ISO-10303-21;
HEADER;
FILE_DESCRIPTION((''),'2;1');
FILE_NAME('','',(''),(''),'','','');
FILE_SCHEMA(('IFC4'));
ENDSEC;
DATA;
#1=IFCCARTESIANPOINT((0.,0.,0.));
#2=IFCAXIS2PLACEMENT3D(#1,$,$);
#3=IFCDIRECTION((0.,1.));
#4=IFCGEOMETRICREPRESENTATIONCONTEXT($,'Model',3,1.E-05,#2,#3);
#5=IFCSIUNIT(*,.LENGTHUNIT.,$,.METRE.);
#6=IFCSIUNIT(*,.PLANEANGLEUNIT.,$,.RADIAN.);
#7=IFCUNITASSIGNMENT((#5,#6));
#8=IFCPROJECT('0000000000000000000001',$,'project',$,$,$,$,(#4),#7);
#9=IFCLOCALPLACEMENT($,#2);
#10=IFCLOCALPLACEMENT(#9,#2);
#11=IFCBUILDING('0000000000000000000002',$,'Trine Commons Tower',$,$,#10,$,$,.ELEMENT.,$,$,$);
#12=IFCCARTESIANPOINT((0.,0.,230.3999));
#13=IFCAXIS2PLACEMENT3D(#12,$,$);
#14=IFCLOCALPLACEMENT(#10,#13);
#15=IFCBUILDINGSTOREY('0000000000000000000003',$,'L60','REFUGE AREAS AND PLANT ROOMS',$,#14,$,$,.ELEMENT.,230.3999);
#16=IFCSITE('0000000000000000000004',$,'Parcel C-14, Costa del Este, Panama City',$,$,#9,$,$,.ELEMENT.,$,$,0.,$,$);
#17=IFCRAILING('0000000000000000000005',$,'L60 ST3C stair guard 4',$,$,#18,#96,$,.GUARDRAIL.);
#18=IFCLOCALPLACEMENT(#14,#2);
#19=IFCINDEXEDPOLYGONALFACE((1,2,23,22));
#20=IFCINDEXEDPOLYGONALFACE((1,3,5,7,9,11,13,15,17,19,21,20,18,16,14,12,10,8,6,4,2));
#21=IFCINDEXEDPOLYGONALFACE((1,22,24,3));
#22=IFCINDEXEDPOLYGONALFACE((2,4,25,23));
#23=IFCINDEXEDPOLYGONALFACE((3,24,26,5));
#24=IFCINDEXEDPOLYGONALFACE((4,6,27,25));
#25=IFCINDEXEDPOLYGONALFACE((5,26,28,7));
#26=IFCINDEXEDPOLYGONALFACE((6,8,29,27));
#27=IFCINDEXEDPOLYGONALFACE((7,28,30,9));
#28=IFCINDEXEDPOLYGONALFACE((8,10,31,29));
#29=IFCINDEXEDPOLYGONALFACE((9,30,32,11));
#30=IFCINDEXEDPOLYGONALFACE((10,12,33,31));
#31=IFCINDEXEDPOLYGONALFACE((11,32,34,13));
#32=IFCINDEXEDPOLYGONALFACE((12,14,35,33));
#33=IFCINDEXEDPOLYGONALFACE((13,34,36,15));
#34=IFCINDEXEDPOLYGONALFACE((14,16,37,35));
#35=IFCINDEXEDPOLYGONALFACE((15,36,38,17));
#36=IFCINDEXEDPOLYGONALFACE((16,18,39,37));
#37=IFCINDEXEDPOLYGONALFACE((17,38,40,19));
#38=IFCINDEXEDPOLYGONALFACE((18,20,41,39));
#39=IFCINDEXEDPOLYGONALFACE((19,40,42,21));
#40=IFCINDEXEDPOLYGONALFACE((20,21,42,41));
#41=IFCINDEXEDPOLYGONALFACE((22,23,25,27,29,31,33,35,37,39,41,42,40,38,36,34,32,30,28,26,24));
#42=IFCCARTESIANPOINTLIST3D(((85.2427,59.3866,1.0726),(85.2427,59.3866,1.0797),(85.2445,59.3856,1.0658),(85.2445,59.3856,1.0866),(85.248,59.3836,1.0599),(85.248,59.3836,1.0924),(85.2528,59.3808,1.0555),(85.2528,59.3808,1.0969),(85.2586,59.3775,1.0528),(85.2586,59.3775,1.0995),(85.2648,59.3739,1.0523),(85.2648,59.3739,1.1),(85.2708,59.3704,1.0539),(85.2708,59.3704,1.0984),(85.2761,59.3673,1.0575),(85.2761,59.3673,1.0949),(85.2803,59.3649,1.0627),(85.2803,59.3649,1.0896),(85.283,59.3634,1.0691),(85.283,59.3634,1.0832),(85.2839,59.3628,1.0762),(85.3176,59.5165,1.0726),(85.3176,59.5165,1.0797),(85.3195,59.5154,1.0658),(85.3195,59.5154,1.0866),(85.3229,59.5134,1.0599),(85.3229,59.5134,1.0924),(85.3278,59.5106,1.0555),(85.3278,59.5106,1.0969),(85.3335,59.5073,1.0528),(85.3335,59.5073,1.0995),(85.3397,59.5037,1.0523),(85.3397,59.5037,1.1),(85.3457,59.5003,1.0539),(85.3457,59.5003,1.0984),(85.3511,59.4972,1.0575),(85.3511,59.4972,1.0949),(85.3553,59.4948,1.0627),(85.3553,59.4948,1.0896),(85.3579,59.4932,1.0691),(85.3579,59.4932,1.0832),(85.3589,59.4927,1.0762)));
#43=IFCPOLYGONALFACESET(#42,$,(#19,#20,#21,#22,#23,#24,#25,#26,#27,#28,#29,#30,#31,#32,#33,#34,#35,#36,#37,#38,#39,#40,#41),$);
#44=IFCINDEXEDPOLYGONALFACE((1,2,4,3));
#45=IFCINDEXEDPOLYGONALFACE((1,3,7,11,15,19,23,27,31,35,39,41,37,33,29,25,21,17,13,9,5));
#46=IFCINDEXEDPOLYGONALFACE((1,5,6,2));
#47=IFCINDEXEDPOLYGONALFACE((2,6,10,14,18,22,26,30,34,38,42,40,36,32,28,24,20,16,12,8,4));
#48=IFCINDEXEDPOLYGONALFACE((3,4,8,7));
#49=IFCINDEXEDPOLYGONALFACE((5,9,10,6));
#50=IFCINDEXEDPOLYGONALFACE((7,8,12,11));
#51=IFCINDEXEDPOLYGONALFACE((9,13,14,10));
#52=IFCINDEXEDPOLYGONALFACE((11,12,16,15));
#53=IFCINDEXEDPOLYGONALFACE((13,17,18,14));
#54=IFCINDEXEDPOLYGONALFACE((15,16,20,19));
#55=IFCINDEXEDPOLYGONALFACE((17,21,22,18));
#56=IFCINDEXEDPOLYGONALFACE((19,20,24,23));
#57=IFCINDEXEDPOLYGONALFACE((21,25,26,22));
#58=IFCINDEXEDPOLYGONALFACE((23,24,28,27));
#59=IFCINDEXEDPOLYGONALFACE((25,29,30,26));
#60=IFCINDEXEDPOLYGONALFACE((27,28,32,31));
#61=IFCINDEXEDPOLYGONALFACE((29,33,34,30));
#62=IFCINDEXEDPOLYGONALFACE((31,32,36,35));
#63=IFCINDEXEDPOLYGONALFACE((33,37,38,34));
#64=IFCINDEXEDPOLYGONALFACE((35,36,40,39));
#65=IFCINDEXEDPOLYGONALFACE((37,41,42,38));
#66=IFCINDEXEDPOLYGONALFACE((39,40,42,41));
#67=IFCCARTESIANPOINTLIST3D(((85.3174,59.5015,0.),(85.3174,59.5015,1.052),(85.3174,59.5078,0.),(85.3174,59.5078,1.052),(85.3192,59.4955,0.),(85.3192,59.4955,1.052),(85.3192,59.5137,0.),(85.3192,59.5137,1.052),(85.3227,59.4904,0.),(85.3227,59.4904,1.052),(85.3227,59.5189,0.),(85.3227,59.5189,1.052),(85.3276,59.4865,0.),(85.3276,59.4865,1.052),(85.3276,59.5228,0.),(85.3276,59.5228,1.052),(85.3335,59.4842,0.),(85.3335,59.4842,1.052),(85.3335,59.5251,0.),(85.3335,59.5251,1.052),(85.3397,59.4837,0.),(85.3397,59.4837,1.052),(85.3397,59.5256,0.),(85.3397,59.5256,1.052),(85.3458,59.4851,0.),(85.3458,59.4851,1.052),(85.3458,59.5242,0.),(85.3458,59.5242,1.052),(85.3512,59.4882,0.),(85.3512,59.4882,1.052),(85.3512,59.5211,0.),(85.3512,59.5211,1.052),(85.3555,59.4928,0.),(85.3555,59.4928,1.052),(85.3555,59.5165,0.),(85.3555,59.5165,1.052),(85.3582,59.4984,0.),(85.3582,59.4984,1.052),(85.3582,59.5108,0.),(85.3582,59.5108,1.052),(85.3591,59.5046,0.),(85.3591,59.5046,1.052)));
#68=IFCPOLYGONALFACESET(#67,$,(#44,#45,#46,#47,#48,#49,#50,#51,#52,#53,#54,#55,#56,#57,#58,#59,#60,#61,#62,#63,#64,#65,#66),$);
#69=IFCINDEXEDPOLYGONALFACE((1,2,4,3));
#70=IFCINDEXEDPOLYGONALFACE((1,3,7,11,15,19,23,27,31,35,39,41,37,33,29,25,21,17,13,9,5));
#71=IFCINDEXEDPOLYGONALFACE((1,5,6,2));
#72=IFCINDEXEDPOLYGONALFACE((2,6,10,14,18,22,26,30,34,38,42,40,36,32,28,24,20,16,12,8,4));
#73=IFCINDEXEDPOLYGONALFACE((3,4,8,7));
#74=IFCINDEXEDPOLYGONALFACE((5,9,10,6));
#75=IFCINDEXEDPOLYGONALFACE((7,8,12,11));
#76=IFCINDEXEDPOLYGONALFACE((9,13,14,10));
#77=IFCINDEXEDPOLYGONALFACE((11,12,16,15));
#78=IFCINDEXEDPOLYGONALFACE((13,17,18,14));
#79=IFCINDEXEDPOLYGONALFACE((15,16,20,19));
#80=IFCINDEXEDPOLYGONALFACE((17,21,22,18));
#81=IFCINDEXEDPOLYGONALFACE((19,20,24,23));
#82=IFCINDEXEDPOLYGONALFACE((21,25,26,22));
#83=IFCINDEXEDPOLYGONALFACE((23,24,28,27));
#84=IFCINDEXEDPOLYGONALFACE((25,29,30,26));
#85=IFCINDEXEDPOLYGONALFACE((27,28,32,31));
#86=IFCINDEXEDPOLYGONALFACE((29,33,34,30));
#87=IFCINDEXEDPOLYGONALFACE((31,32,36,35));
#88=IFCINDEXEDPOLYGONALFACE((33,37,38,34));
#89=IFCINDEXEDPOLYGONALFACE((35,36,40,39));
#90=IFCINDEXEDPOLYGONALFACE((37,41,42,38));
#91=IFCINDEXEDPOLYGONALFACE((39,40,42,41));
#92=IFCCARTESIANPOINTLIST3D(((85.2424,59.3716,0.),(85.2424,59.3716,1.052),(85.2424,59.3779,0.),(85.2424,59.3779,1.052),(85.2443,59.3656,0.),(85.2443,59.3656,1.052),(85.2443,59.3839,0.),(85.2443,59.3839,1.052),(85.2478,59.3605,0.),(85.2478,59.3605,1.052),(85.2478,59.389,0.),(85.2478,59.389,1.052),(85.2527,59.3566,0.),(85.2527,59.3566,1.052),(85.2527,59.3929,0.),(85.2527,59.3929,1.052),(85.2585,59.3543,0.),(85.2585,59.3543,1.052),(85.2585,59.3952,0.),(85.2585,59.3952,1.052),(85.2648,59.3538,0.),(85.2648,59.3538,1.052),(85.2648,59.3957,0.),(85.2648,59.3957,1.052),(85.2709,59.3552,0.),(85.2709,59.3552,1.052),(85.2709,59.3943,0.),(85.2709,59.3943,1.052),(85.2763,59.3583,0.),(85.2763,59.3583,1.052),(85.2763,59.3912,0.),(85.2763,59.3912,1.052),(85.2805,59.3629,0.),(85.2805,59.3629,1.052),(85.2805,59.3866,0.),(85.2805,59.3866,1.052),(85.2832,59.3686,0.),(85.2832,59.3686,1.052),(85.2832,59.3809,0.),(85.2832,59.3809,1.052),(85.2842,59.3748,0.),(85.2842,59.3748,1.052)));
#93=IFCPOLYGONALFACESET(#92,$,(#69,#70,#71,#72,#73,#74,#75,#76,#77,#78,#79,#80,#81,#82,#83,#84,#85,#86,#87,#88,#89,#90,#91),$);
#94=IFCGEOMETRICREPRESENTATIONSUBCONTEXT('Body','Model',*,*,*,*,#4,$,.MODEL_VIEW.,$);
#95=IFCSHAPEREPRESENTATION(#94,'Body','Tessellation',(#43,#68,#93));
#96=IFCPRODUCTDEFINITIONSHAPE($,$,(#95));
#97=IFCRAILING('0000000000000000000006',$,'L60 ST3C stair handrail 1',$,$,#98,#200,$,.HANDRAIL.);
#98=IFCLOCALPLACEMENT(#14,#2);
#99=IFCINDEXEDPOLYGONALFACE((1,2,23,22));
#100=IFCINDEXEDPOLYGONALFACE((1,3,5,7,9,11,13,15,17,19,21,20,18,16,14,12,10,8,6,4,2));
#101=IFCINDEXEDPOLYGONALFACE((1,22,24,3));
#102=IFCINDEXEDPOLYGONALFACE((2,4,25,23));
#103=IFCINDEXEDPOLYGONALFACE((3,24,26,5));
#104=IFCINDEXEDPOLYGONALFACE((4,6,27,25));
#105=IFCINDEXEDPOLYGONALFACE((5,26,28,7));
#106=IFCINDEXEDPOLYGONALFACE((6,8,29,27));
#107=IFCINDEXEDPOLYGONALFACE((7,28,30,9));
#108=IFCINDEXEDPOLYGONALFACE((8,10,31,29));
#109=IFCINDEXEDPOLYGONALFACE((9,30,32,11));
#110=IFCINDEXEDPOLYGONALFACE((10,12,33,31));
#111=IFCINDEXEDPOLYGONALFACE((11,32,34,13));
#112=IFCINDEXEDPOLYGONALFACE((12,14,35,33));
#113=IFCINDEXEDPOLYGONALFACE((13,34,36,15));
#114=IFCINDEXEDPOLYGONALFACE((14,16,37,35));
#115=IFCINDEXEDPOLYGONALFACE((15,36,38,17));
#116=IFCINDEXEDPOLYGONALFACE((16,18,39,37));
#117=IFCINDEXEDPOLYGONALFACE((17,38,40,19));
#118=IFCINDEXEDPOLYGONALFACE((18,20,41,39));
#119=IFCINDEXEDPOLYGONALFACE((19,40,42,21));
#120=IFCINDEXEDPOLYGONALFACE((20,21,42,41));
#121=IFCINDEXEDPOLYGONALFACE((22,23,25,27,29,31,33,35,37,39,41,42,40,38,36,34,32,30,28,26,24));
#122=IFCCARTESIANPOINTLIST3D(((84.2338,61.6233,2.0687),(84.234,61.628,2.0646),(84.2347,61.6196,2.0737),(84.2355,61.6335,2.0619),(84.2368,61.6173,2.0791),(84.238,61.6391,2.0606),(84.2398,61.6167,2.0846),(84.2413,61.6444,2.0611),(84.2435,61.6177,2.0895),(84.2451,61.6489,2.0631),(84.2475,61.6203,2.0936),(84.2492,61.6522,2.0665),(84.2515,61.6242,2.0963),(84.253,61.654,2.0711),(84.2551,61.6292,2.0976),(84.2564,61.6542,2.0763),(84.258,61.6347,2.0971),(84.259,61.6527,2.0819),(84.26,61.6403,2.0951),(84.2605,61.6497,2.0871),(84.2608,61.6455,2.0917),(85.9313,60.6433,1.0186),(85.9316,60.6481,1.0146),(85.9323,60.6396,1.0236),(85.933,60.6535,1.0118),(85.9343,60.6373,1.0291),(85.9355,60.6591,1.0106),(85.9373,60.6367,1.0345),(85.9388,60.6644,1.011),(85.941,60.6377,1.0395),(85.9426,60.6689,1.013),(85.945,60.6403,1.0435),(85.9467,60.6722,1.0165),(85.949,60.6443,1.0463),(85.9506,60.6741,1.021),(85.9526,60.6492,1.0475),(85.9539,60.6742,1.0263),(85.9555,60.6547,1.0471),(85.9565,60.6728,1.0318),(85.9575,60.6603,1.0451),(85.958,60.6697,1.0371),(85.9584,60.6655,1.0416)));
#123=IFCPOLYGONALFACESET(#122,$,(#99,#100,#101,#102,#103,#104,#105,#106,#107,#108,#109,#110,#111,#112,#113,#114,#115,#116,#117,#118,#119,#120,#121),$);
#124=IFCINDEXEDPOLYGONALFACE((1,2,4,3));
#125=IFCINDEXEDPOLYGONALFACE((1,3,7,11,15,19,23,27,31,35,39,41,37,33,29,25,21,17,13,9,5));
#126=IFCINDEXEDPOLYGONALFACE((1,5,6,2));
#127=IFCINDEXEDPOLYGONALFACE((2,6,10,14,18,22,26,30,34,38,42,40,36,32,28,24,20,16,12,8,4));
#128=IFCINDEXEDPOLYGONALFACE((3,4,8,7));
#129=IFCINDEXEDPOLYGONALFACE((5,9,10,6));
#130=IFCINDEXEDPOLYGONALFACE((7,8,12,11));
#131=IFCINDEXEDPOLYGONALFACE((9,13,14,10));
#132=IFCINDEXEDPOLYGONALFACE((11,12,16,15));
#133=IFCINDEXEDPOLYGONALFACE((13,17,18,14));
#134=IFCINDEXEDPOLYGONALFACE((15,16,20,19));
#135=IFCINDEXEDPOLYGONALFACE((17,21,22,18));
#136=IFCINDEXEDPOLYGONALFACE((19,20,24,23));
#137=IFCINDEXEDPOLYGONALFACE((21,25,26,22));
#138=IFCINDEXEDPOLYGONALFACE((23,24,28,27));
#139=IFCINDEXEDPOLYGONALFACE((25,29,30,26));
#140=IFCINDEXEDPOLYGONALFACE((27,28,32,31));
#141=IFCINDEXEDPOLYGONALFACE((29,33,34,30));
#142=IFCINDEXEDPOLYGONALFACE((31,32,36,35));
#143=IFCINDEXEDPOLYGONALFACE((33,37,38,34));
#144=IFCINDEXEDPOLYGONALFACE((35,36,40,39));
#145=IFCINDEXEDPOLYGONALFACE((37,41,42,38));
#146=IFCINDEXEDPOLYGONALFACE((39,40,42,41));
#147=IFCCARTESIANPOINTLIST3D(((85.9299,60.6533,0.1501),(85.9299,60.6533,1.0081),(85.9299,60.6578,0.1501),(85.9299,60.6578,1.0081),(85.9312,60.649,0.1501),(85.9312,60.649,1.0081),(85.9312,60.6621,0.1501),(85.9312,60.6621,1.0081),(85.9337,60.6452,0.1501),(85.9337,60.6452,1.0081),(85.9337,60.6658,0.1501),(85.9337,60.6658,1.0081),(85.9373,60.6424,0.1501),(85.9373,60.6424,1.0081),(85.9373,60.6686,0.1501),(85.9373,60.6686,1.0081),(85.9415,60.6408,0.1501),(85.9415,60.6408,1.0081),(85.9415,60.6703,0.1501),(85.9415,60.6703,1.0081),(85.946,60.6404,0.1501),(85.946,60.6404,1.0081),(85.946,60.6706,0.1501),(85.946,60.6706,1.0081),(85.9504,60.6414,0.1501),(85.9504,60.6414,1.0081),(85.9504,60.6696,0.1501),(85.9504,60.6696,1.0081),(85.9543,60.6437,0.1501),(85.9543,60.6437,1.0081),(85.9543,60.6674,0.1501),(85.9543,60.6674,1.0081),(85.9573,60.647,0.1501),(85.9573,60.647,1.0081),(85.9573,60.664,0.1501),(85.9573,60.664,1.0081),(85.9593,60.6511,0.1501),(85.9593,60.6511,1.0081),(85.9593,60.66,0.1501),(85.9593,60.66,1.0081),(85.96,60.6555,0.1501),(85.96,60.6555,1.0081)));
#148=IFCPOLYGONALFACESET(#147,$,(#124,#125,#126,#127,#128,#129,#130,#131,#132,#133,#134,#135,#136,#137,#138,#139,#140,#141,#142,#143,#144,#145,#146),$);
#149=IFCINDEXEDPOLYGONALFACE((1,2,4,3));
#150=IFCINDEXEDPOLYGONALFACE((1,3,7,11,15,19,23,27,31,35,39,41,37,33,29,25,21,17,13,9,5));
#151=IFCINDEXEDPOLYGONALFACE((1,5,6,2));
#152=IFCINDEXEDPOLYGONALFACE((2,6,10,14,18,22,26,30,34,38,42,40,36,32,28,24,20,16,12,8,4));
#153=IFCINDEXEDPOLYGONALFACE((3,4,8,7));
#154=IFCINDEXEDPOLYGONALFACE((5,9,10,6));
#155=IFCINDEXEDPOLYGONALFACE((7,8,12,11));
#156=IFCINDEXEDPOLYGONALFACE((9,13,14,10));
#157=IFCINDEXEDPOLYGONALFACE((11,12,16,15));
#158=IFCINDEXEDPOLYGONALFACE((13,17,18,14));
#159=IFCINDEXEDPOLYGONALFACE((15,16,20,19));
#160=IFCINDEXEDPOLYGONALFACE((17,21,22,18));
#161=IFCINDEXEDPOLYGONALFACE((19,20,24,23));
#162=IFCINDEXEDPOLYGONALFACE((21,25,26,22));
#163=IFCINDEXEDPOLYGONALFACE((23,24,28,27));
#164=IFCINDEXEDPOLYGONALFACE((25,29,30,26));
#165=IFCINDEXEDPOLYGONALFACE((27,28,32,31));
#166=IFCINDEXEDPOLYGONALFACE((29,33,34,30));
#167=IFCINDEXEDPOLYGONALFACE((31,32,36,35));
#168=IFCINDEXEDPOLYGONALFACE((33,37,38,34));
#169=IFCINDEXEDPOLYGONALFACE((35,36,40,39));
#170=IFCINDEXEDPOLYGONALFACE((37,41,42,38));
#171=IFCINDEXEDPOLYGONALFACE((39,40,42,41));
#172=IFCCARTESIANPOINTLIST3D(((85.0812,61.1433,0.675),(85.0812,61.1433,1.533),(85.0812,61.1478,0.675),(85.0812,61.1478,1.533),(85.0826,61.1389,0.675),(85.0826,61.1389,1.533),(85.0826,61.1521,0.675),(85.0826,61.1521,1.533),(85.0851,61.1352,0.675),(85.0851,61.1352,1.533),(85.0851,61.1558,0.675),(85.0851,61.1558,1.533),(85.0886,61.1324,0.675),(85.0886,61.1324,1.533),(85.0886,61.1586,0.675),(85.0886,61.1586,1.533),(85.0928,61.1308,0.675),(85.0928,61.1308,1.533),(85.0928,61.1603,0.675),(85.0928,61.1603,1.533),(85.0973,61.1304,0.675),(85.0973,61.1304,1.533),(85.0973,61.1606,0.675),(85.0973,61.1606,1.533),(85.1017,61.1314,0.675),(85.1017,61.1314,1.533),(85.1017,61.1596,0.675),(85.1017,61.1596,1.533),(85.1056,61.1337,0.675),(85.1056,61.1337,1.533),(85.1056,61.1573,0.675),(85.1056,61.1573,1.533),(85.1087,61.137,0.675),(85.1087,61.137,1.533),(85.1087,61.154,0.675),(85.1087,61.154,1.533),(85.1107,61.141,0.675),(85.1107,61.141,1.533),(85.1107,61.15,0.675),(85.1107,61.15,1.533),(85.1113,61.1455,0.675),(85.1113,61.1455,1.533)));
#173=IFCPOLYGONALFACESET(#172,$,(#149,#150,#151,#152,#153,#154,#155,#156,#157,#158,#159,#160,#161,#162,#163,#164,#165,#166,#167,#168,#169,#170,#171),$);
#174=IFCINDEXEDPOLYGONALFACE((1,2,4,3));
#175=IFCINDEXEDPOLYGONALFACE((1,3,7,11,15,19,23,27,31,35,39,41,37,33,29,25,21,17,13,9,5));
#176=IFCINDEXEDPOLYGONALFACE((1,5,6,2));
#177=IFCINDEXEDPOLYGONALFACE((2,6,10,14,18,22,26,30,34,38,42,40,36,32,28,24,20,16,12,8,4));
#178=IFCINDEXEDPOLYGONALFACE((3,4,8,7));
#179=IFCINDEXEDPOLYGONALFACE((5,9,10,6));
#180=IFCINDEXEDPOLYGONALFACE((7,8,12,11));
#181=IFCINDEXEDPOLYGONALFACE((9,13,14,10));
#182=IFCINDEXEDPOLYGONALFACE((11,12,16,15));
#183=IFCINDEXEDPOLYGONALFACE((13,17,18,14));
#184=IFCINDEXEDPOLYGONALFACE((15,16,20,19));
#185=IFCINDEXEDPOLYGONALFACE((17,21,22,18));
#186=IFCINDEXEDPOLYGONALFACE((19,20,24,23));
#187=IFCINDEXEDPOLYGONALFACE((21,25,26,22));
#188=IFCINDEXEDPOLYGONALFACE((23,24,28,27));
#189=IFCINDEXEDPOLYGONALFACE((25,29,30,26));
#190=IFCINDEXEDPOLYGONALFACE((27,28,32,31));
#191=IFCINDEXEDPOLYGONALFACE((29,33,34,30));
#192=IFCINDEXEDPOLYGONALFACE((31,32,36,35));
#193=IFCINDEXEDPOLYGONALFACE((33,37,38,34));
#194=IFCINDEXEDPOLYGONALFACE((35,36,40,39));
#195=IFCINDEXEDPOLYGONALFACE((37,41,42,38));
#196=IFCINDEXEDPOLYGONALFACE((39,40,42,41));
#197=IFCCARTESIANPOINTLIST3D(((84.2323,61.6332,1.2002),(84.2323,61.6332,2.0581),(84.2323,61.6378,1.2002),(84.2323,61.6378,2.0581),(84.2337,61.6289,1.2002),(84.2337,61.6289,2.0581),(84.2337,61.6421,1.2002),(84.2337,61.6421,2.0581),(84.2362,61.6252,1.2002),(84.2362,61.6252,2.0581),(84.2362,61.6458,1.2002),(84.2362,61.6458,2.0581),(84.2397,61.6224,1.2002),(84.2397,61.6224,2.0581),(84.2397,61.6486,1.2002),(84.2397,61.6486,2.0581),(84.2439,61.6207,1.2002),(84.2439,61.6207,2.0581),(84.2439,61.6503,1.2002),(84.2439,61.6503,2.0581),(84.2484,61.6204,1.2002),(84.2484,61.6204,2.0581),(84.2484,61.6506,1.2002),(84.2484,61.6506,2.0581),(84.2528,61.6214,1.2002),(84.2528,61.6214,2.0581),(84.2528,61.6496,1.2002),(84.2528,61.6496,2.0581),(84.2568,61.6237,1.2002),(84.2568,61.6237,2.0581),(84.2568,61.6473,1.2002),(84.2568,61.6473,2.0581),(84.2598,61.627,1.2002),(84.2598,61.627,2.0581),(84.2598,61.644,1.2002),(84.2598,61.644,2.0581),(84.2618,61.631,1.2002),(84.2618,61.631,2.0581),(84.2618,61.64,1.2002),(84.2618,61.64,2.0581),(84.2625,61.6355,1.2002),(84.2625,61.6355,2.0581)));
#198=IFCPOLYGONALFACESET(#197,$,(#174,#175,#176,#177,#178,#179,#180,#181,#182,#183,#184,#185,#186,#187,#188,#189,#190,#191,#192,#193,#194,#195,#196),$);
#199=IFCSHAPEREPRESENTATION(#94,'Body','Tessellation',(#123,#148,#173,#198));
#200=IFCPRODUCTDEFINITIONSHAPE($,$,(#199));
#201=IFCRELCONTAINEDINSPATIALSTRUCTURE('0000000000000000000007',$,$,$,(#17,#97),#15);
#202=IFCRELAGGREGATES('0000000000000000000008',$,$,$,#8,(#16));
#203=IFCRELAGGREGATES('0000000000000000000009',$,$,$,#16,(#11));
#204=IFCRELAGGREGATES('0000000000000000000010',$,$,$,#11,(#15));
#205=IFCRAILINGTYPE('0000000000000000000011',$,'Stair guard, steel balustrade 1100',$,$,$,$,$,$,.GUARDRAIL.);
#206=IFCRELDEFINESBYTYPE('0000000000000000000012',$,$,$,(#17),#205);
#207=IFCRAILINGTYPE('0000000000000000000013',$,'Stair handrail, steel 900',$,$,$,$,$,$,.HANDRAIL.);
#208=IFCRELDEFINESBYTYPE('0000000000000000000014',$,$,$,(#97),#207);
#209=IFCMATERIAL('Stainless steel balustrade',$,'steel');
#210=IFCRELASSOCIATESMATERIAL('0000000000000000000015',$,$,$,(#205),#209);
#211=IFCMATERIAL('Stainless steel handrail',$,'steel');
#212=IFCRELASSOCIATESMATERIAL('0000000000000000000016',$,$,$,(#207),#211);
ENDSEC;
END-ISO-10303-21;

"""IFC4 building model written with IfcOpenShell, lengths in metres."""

from ifc_helpers import new_model, si_unit, direction, frame, origin, origin_2d, place, context, subcontext, project, spatial, circle, extrude, material, type_object, element, save


model = new_model("IFC4")

# Units and contexts
model_context = context("Model", 3, precision=1e-05, world=origin(), true_north=direction((0.0, 1.0)))
body_context = subcontext(model_context, "Body", "Model", "MODEL_VIEW")
ifc_project = project(units=[si_unit("LENGTHUNIT", "METRE"), si_unit("PLANEANGLEUNIT", "RADIAN")], contexts=[model_context])

# Site, building, storey
site_placement = place(None, origin())
site = spatial("IfcSite", under=ifc_project, at=site_placement, Name="Parcel C-14, Costa del Este, Panama City", CompositionType="ELEMENT", RefElevation=0.0)
building_placement = place(site_placement, origin())
building = spatial("IfcBuilding", under=site, at=building_placement, Name="Trine Commons Tower", CompositionType="ELEMENT")
storey_placement = place(building_placement, frame((0.0, 0.0, 230.3999)))
storey = spatial("IfcBuildingStorey", under=building, at=storey_placement, Name="L60", Description="REFUGE AREAS AND PLANT ROOMS", CompositionType="ELEMENT", Elevation=230.3999)

# Railings
ifc_material_1 = material(Name="Stainless steel balustrade", Category="steel")
railing_type_1 = type_object("IfcRailingType", Name="Stair guard, steel balustrade 1100", PredefinedType="GUARDRAIL", material=ifc_material_1)
railing_1_placement = place(storey_placement, frame((85.3381, 59.5046, 0.0)))
element("IfcRailing", 1, at=railing_1_placement, inside=storey, type_object=railing_type_1, Name="L60 ST3C stair guard 4", PredefinedType="GUARDRAIL", context=body_context, shape_type="SweptSolid", body=[
    extrude(circle(Radius=0.0239, at=origin_2d()), frame((0.0, 0.0, 1.0762), z_axis=(-0.499816, -0.866131, 0.0), x_axis=(0.866131, -0.499816, 0.0)), (0.0, 0.0, 1.0), 0.1499),
    extrude(circle(Radius=0.021, at=origin_2d()), origin(), (0.0, 0.0, 1.0), 1.052),
    extrude(circle(Radius=0.021, at=origin_2d()), frame((-0.075, -0.1299, 0.0)), (0.0, 0.0, 1.0), 1.052),
])
ifc_material_2 = material(Name="Stainless steel handrail", Category="steel")
railing_type_2 = type_object("IfcRailingType", Name="Stair handrail, steel 900", PredefinedType="HANDRAIL", material=ifc_material_2)
railing_2_placement = place(storey_placement, frame((85.9448, 60.6555, 0.1501)))
element("IfcRailing", 2, at=railing_2_placement, inside=storey, type_object=railing_type_2, Name="L60 ST3C stair handrail 1", PredefinedType="HANDRAIL", context=body_context, shape_type="SweptSolid", body=[
    extrude(circle(Radius=0.021, at=origin_2d()), frame((0.0, 0.0, 0.8789), z_axis=(-0.763398, 0.440713, 0.472224), x_axis=(-0.49997, -0.866042, 0.0)), (0.0, 0.0, 1.0), 2.2236),
    extrude(circle(Radius=0.0151, at=origin_2d()), origin(), (0.0, 0.0, 1.0), 0.8579),
    extrude(circle(Radius=0.0151, at=origin_2d()), frame((-0.8486, 0.49, 0.5249)), (0.0, 0.0, 1.0), 0.8579),
    extrude(circle(Radius=0.0151, at=origin_2d()), frame((-1.6975, 0.98, 1.05)), (0.0, 0.0, 1.0), 0.8579),
])

save(model, "model.ifc")
